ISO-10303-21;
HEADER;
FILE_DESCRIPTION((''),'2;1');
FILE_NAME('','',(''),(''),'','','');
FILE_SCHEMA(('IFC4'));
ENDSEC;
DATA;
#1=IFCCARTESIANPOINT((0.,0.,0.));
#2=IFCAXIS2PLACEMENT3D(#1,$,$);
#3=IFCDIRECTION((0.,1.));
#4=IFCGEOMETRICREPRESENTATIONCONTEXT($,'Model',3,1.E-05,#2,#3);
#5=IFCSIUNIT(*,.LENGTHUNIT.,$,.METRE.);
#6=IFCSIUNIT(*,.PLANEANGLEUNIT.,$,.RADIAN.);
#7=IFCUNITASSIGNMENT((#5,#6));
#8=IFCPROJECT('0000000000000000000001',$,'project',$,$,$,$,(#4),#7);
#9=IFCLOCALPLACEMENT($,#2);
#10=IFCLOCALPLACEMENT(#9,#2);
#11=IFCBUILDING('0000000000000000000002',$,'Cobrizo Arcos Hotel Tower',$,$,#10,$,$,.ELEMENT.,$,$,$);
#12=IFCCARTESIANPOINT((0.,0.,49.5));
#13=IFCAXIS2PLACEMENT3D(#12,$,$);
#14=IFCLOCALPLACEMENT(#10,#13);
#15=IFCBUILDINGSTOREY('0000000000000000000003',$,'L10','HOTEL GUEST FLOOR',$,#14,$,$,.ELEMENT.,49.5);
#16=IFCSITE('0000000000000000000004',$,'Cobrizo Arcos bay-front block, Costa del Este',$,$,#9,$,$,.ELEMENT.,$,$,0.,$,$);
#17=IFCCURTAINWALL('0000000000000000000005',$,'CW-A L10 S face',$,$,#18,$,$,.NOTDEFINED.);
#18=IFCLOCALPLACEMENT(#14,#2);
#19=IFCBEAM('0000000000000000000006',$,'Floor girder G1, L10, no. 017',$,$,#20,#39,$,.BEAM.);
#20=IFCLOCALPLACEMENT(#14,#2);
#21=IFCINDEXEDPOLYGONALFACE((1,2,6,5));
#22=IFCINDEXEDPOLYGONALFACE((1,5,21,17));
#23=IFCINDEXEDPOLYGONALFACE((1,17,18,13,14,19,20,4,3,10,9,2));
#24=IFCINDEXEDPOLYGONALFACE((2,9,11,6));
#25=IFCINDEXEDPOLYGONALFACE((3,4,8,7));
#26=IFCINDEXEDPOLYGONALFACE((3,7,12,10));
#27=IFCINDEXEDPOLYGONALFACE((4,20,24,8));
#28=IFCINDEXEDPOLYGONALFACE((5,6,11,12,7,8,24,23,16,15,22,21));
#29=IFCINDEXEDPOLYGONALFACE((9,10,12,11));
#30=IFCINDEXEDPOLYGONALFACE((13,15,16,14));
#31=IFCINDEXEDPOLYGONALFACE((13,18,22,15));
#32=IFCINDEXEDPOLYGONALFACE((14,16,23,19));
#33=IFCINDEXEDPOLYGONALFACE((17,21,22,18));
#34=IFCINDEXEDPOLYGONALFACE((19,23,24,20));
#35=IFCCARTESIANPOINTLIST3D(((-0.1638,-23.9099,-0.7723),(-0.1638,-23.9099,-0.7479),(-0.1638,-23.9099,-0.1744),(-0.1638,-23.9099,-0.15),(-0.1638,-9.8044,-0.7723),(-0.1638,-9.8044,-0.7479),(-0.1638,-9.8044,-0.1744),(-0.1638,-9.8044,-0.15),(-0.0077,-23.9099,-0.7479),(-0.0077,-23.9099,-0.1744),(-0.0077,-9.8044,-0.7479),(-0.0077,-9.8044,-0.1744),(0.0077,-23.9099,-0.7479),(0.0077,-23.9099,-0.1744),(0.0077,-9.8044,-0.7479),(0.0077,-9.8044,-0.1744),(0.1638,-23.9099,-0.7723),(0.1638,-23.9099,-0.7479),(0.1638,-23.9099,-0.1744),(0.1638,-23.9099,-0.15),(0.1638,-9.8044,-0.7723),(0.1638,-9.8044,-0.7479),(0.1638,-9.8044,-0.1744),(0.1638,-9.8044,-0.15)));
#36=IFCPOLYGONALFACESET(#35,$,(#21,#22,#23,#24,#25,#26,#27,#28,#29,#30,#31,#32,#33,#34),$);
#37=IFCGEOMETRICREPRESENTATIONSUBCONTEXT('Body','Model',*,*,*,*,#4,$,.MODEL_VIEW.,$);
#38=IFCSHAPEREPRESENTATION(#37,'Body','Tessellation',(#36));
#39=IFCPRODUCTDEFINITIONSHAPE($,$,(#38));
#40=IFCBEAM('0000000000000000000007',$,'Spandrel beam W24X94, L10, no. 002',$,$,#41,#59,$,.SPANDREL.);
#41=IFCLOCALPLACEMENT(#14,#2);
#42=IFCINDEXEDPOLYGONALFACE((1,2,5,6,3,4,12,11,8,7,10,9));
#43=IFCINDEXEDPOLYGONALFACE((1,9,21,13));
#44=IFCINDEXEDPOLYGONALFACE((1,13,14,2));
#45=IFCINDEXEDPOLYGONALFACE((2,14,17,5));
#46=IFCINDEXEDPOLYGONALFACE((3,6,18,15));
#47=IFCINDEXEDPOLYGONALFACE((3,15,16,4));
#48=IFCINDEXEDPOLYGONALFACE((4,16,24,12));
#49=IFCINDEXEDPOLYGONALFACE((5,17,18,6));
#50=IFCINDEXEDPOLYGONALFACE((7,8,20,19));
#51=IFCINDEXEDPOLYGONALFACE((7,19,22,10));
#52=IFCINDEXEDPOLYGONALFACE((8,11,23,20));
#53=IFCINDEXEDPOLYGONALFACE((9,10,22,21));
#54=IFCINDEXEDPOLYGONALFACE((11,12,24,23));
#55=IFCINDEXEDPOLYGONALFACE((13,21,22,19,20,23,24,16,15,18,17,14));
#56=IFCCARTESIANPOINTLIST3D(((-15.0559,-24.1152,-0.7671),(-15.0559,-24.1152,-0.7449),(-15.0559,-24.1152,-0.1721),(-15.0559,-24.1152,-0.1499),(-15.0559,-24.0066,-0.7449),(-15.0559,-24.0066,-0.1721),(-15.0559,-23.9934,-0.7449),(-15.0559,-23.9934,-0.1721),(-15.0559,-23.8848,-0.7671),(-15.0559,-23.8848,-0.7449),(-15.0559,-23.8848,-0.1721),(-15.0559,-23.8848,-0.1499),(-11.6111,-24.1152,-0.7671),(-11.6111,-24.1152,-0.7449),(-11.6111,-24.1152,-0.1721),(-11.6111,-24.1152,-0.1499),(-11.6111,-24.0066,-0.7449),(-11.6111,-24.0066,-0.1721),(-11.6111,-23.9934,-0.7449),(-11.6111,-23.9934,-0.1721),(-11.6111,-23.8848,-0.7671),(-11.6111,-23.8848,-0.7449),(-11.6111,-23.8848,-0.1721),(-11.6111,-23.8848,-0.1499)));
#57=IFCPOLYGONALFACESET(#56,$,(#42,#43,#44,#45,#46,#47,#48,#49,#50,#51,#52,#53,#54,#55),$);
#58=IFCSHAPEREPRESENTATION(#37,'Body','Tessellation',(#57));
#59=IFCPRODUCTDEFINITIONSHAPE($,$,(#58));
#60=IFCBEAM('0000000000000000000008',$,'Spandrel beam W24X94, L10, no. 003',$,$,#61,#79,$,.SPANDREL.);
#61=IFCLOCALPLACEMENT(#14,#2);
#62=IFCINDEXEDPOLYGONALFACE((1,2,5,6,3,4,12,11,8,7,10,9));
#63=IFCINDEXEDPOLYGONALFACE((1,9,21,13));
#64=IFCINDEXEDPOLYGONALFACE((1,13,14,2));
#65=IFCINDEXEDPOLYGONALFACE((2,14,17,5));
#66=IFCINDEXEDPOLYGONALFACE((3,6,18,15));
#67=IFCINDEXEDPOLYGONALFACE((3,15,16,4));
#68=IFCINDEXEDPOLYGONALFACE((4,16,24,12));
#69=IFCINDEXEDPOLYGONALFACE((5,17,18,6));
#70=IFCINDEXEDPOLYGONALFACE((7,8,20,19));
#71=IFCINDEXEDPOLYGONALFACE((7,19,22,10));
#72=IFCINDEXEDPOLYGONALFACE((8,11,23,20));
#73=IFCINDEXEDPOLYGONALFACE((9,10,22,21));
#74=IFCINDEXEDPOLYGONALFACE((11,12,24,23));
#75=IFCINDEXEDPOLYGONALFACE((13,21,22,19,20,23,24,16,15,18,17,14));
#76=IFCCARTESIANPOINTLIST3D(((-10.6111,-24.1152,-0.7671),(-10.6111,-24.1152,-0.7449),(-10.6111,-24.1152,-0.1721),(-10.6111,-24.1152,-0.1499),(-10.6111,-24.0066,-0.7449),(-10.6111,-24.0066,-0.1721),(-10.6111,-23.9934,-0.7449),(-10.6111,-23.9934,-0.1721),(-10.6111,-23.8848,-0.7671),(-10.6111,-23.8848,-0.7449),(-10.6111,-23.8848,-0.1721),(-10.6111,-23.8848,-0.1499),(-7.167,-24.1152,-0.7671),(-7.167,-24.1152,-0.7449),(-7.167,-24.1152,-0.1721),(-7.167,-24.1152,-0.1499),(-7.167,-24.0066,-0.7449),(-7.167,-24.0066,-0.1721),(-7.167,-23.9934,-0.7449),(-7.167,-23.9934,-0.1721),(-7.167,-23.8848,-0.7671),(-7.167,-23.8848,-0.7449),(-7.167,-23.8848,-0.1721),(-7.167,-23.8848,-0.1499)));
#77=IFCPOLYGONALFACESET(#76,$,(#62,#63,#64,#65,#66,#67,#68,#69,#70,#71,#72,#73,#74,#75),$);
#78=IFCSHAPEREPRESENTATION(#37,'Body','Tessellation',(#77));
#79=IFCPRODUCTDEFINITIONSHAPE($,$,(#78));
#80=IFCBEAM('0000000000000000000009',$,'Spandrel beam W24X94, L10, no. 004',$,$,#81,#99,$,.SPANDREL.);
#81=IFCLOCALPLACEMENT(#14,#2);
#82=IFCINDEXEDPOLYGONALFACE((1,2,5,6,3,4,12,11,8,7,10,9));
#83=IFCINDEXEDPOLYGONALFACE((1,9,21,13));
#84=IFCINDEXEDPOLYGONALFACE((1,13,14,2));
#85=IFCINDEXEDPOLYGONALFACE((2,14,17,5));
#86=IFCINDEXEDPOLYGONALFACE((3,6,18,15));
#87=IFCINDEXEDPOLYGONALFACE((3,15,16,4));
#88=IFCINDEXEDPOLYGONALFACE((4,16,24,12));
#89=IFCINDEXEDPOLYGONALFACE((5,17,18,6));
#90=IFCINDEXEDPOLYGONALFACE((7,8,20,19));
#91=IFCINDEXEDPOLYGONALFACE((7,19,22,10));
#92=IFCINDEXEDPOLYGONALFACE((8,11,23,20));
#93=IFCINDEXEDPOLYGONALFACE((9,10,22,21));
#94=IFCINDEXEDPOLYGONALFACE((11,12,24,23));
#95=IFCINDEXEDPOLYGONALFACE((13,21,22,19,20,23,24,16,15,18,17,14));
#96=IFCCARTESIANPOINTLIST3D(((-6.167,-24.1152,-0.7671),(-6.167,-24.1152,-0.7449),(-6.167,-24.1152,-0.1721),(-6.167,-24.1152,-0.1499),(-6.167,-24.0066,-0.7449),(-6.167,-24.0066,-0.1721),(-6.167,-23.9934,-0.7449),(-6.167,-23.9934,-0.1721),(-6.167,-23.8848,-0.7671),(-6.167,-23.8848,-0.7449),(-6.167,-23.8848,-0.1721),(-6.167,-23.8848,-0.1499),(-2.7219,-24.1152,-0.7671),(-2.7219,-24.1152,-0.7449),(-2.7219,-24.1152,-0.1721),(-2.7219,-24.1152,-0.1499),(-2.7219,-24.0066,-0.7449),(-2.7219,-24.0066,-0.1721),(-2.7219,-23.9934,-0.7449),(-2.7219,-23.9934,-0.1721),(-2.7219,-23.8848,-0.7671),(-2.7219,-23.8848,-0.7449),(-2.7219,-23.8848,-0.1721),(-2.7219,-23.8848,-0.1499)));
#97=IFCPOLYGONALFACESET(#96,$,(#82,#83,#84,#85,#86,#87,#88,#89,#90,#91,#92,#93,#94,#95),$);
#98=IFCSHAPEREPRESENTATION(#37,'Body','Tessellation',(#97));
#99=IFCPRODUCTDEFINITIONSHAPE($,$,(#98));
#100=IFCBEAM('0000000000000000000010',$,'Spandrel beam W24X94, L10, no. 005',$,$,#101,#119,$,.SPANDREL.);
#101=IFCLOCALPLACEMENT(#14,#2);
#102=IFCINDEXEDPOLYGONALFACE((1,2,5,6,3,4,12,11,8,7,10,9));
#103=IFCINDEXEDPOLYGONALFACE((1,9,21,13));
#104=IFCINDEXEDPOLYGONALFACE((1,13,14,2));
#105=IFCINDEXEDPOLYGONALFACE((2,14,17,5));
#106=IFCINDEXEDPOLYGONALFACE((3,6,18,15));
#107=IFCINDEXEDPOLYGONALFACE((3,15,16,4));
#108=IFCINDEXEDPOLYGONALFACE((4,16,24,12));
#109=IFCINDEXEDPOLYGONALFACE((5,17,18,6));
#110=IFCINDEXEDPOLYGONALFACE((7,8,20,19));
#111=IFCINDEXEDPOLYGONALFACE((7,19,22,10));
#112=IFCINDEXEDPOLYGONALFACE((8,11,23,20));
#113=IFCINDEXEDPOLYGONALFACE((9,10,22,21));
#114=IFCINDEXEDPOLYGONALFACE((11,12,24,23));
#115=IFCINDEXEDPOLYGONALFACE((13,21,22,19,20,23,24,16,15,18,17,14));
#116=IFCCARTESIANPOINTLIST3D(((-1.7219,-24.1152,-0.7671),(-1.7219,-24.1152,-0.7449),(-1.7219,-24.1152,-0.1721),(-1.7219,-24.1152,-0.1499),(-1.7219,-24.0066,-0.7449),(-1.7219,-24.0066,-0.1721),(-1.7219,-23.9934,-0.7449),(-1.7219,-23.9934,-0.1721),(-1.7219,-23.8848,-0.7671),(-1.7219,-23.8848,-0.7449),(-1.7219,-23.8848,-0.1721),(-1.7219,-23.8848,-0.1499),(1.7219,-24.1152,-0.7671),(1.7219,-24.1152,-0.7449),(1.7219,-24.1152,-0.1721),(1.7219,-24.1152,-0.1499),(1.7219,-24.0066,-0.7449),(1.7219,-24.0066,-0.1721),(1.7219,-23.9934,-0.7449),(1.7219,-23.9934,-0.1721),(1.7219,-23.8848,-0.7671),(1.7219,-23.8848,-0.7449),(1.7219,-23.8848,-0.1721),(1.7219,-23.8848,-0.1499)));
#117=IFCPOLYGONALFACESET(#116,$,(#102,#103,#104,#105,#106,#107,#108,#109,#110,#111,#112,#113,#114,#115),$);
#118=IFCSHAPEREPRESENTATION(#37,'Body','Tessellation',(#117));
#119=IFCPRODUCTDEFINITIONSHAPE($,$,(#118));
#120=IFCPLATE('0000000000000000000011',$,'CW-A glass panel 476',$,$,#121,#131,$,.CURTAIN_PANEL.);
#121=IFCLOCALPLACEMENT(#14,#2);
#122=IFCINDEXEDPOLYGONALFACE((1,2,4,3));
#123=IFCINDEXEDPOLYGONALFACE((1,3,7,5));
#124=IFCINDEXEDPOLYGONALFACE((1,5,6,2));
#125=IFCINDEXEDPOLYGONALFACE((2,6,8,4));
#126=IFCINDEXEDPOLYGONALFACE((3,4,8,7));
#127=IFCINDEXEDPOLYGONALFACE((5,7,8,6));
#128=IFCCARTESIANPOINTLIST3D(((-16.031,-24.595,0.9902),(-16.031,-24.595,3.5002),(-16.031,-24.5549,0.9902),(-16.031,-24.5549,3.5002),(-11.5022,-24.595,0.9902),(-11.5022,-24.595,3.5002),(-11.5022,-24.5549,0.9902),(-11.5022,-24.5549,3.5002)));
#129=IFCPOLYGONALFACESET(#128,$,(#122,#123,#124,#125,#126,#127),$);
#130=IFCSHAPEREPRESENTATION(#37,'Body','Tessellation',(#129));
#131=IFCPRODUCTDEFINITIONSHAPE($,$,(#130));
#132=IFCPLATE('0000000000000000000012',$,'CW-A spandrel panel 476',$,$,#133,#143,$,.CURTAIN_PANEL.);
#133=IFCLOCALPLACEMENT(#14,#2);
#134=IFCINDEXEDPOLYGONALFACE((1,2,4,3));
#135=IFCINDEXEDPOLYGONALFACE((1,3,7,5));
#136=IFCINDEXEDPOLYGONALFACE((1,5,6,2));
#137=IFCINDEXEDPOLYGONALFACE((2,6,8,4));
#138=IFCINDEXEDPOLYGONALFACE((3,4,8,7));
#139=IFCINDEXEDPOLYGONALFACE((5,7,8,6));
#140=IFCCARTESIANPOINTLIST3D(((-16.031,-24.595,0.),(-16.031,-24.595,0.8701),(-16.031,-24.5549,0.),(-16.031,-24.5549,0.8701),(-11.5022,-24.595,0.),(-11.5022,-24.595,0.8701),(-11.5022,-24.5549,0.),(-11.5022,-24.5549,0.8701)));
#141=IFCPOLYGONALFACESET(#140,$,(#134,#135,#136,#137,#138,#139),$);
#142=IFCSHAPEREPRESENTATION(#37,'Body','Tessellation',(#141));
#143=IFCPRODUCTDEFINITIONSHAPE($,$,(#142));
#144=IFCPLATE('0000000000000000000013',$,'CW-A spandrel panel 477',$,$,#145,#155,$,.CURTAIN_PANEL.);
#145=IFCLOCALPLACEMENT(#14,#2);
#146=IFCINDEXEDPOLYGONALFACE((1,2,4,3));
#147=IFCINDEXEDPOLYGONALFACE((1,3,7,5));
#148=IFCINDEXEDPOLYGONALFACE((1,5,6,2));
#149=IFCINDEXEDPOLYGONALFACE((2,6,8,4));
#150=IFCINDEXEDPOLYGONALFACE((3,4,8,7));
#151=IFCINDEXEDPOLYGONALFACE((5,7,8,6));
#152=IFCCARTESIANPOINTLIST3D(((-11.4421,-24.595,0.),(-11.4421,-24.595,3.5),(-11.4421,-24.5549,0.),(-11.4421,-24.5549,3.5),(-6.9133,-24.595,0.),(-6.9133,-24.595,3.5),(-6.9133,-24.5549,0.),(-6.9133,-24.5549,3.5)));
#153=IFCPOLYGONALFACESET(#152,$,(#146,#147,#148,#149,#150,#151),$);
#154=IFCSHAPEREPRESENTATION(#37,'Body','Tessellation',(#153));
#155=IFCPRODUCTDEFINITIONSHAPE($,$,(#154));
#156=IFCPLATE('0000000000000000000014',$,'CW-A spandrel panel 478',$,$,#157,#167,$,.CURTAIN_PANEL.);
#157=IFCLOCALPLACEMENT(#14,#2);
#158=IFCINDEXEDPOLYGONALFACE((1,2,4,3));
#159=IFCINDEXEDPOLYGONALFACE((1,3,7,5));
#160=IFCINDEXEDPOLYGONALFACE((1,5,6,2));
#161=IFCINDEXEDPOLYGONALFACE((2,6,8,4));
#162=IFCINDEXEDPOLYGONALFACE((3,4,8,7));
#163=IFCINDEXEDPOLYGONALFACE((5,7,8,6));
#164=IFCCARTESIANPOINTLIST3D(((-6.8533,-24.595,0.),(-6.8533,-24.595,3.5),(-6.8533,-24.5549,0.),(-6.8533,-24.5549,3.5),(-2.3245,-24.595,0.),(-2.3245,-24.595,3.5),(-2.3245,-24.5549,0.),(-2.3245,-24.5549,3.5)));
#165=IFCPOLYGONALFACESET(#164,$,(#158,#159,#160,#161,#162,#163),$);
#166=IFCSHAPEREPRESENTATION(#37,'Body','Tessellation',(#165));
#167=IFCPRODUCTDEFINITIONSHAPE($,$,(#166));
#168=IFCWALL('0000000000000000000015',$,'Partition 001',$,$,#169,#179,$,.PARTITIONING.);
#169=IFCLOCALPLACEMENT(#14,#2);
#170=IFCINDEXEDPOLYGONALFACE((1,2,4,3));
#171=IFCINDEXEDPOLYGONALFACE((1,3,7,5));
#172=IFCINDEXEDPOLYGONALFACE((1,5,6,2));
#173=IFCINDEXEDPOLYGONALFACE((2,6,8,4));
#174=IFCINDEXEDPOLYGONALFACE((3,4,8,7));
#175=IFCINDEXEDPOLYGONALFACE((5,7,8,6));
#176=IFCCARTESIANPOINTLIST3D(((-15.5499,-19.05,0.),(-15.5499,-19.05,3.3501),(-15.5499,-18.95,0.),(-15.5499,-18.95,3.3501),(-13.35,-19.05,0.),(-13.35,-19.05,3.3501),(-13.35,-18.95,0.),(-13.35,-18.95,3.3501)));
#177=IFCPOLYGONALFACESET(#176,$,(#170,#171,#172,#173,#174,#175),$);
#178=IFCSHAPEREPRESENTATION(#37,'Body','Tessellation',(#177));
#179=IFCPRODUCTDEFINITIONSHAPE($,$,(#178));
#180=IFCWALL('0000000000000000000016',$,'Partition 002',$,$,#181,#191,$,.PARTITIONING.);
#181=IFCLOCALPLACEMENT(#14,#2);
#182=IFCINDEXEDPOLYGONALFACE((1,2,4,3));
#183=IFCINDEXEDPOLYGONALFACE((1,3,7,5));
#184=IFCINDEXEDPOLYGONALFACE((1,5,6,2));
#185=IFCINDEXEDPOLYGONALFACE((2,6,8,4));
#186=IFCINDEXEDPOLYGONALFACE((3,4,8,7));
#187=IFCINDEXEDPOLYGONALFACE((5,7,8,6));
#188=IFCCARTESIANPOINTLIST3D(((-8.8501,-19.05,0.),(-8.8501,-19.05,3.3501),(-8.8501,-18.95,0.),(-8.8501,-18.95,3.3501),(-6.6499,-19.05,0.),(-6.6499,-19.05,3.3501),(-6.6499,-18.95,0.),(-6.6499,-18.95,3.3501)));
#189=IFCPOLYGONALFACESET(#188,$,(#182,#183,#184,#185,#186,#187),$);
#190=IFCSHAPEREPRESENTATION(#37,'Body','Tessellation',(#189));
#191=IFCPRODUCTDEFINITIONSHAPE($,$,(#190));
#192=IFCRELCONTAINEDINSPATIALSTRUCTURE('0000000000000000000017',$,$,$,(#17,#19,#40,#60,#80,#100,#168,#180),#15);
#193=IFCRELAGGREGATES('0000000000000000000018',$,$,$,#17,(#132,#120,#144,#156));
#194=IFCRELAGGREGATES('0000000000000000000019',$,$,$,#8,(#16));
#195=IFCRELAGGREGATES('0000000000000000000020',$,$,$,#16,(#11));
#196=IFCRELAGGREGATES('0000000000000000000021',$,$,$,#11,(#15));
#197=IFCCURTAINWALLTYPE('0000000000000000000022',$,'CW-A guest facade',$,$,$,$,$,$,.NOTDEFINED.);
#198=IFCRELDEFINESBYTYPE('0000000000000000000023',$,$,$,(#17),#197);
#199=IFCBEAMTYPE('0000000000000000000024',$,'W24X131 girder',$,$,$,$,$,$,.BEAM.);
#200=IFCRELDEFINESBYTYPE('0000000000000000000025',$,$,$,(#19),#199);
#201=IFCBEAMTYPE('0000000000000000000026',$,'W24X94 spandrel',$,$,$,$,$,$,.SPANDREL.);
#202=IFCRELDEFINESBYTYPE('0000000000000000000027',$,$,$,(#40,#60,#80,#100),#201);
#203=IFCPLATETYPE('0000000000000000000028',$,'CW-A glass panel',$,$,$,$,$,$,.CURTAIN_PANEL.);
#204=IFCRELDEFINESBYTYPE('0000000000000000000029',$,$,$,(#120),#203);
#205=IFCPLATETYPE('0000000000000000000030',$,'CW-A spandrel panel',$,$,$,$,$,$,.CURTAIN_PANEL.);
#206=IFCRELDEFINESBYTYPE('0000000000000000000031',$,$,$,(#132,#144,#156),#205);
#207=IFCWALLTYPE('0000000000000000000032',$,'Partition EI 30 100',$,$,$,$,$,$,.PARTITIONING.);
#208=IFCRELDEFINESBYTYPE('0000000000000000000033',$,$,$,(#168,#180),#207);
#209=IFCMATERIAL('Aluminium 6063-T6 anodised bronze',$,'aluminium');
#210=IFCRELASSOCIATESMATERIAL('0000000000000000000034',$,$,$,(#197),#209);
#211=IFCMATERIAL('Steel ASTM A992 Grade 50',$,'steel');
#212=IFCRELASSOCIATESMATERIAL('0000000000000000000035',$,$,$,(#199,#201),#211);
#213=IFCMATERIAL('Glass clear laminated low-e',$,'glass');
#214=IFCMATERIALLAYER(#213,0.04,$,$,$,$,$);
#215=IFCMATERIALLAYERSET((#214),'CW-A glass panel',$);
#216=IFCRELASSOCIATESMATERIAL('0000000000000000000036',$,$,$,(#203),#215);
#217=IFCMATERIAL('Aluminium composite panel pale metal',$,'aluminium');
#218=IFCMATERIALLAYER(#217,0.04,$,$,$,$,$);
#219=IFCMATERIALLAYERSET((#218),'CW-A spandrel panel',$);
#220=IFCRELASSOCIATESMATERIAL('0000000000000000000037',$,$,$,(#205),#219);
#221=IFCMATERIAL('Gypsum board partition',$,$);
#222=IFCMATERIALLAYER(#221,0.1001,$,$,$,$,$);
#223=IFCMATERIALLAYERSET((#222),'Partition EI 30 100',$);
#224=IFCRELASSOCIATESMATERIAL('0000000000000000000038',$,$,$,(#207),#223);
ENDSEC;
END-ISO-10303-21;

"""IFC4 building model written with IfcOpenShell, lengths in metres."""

from ifc_helpers import new_model, si_unit, direction, frame, frame_2d, origin, origin_2d, place, context, subcontext, project, spatial, rectangle, i_section, extrude, material, layer, layer_set, material_profile, profile_set, type_object, element, aggregate, save


model = new_model("IFC4")

# Units and contexts
model_context = context("Model", 3, precision=1e-05, world=origin(), true_north=direction((0.0, 1.0)))
body_context = subcontext(model_context, "Body", "Model", "MODEL_VIEW")
ifc_project = project(units=[si_unit("LENGTHUNIT", "METRE"), si_unit("PLANEANGLEUNIT", "RADIAN")], contexts=[model_context])

# Site, building, storey
site_placement = place(None, origin())
site = spatial("IfcSite", under=ifc_project, at=site_placement, Name="Cobrizo Arcos bay-front block, Costa del Este", CompositionType="ELEMENT", RefElevation=0.0)
building_placement = place(site_placement, origin())
building = spatial("IfcBuilding", under=site, at=building_placement, Name="Cobrizo Arcos Hotel Tower", CompositionType="ELEMENT")
storey_placement = place(building_placement, frame((0.0, 0.0, 49.5)))
storey = spatial("IfcBuildingStorey", under=building, at=storey_placement, Name="L10", Description="HOTEL GUEST FLOOR", CompositionType="ELEMENT", Elevation=49.5)

# Curtain wall
ifc_material_1 = material(Name="Aluminium 6063-T6 anodised bronze", Category="aluminium")
curtain_wall_type = type_object("IfcCurtainWallType", Name="CW-A guest facade", PredefinedType="NOTDEFINED", material=ifc_material_1)
curtain_wall_placement = place(storey_placement, origin())
curtain_wall = element("IfcCurtainWall", 1, at=curtain_wall_placement, inside=storey, type_object=curtain_wall_type, Name="CW-A L10 S face", PredefinedType="NOTDEFINED")

# Beams
ifc_material_2 = material(Name="Steel ASTM A992 Grade 50", Category="steel")
ifc_material_profile_1 = material_profile(ifc_material_2, i_section(OverallWidth=0.3276, OverallDepth=0.6223, WebThickness=0.0154, FlangeThickness=0.0244, at=origin_2d()), Name="W24X131")
ifc_profile_set_1 = profile_set([ifc_material_profile_1], Name="Steel ASTM A992 Grade 50")
beam_type_1 = type_object("IfcBeamType", Name="W24X131 girder", PredefinedType="BEAM", material=ifc_profile_set_1)
for number, where, z_axis, x_axis, name in (
    (2, (0.0, -23.9099, -0.4612), (0.0, 1.0, 0.0), (-1.0, 0.0, 0.0), "Floor girder G1, L10, no. 017"),
):
    element("IfcBeam", number, at=place(storey_placement, frame(where, z_axis=z_axis, x_axis=x_axis)), inside=storey, type_object=beam_type_1, Name=name, PredefinedType="BEAM", context=body_context, shape_type="SweptSolid", body=[
        extrude(i_section(OverallWidth=0.3276, OverallDepth=0.6223, WebThickness=0.0154, FlangeThickness=0.0244, at=origin_2d()), origin(), (0.0, 0.0, 1.0), 14.1055),
    ])
ifc_material_profile_2 = material_profile(ifc_material_2, i_section(OverallWidth=0.2305, OverallDepth=0.6172, WebThickness=0.0132, FlangeThickness=0.0222, at=origin_2d()), Name="W24X94")
ifc_profile_set_2 = profile_set([ifc_material_profile_2], Name="Steel ASTM A992 Grade 50")
beam_type_2 = type_object("IfcBeamType", Name="W24X94 spandrel", PredefinedType="SPANDREL", material=ifc_profile_set_2)
beam_1_placement = place(storey_placement, frame((-15.0559, -24.0, -0.4585), z_axis=(1.0, 0.0, 0.0), x_axis=(0.0, 1.0, 0.0)))
element("IfcBeam", 3, at=beam_1_placement, inside=storey, type_object=beam_type_2, Name="Spandrel beam W24X94, L10, no. 002", PredefinedType="SPANDREL", context=body_context, shape_type="SweptSolid", body=[
    extrude(i_section(OverallWidth=0.2305, OverallDepth=0.6172, WebThickness=0.0132, FlangeThickness=0.0222, at=origin_2d()), origin(), (0.0, 0.0, 1.0), 3.4448),
])
beam_2_placement = place(storey_placement, frame((-10.6111, -24.0, -0.4585), z_axis=(1.0, 0.0, 0.0), x_axis=(0.0, 1.0, 0.0)))
element("IfcBeam", 4, at=beam_2_placement, inside=storey, type_object=beam_type_2, Name="Spandrel beam W24X94, L10, no. 003", PredefinedType="SPANDREL", context=body_context, shape_type="SweptSolid", body=[
    extrude(i_section(OverallWidth=0.2305, OverallDepth=0.6172, WebThickness=0.0132, FlangeThickness=0.0222, at=origin_2d()), origin(), (0.0, 0.0, 1.0), 3.4441),
])
beam_3_placement = place(storey_placement, frame((-6.167, -24.0, -0.4585), z_axis=(1.0, 0.0, 0.0), x_axis=(0.0, 1.0, 0.0)))
element("IfcBeam", 5, at=beam_3_placement, inside=storey, type_object=beam_type_2, Name="Spandrel beam W24X94, L10, no. 004", PredefinedType="SPANDREL", context=body_context, shape_type="SweptSolid", body=[
    extrude(i_section(OverallWidth=0.2305, OverallDepth=0.6172, WebThickness=0.0132, FlangeThickness=0.0222, at=origin_2d()), origin(), (0.0, 0.0, 1.0), 3.4451),
])
beam_4_placement = place(storey_placement, frame((-1.7219, -24.0, -0.4585), z_axis=(1.0, 0.0, 0.0), x_axis=(0.0, 1.0, 0.0)))
element("IfcBeam", 6, at=beam_4_placement, inside=storey, type_object=beam_type_2, Name="Spandrel beam W24X94, L10, no. 005", PredefinedType="SPANDREL", context=body_context, shape_type="SweptSolid", body=[
    extrude(i_section(OverallWidth=0.2305, OverallDepth=0.6172, WebThickness=0.0132, FlangeThickness=0.0222, at=origin_2d()), origin(), (0.0, 0.0, 1.0), 3.4438),
])

# Plates
ifc_material_3 = material(Name="Glass clear laminated low-e", Category="glass")
ifc_layer_1 = layer(ifc_material_3, 0.04)
ifc_layer_set_1 = layer_set([ifc_layer_1], Name="CW-A glass panel")
plate_type_1 = type_object("IfcPlateType", Name="CW-A glass panel", PredefinedType="CURTAIN_PANEL", material=ifc_layer_set_1)
plate_1_placement = place(storey_placement, frame((-13.7666, -24.575, 0.9902), z_axis=(0.0, 0.0, 1.0), x_axis=(1.0, 0.0, 0.0)))
plate_1 = element("IfcPlate", 7, at=plate_1_placement, type_object=plate_type_1, Name="CW-A glass panel 476", PredefinedType="CURTAIN_PANEL", context=body_context, shape_type="SweptSolid", body=[
    extrude(rectangle(XDim=4.5288, YDim=0.04, at=origin_2d()), origin(), (0.0, 0.0, 1.0), 2.51),
])
ifc_material_4 = material(Name="Aluminium composite panel pale metal", Category="aluminium")
ifc_layer_2 = layer(ifc_material_4, 0.04)
ifc_layer_set_2 = layer_set([ifc_layer_2], Name="CW-A spandrel panel")
plate_type_2 = type_object("IfcPlateType", Name="CW-A spandrel panel", PredefinedType="CURTAIN_PANEL", material=ifc_layer_set_2)
plate_2_placement = place(storey_placement, frame((-13.7666, -24.575, 0.0), z_axis=(0.0, 0.0, 1.0), x_axis=(1.0, 0.0, 0.0)))
plate_2 = element("IfcPlate", 8, at=plate_2_placement, type_object=plate_type_2, Name="CW-A spandrel panel 476", PredefinedType="CURTAIN_PANEL", context=body_context, shape_type="SweptSolid", body=[
    extrude(rectangle(XDim=4.5288, YDim=0.04, at=origin_2d()), origin(), (0.0, 0.0, 1.0), 0.8701),
])
plate_3_placement = place(storey_placement, frame((-9.1777, -24.575, 0.0), z_axis=(0.0, 0.0, 1.0), x_axis=(1.0, 0.0, 0.0)))
plate_3 = element("IfcPlate", 9, at=plate_3_placement, type_object=plate_type_2, Name="CW-A spandrel panel 477", PredefinedType="CURTAIN_PANEL", context=body_context, shape_type="SweptSolid", body=[
    extrude(rectangle(XDim=4.5288, YDim=0.04, at=origin_2d()), origin(), (0.0, 0.0, 1.0), 3.5),
])
plate_4_placement = place(storey_placement, frame((-4.5889, -24.575, 0.0), z_axis=(0.0, 0.0, 1.0), x_axis=(1.0, 0.0, 0.0)))
plate_4 = element("IfcPlate", 10, at=plate_4_placement, type_object=plate_type_2, Name="CW-A spandrel panel 478", PredefinedType="CURTAIN_PANEL", context=body_context, shape_type="SweptSolid", body=[
    extrude(rectangle(XDim=4.5288, YDim=0.04, at=origin_2d()), origin(), (0.0, 0.0, 1.0), 3.5),
])
aggregate(curtain_wall, [plate_2, plate_1, plate_3, plate_4])

# Walls
ifc_material_5 = material(Name="Gypsum board partition")
ifc_layer_3 = layer(ifc_material_5, 0.1001)
ifc_layer_set_3 = layer_set([ifc_layer_3], Name="Partition EI 30 100")
wall_type = type_object("IfcWallType", Name="Partition EI 30 100", PredefinedType="PARTITIONING", material=ifc_layer_set_3)
wall_1_placement = place(storey_placement, frame((-15.55, -19.0, 0.0), z_axis=(0.0, 0.0, 1.0), x_axis=(1.0, 0.0, 0.0)))
element("IfcWall", 11, at=wall_1_placement, inside=storey, type_object=wall_type, Name="Partition 001", PredefinedType="PARTITIONING", context=body_context, shape_type="SweptSolid", body=[
    extrude(rectangle(XDim=2.2, YDim=0.1001, at=frame_2d((1.1001, 0.0))), origin(), (0.0, 0.0, 1.0), 3.3501),
])
wall_2_placement = place(storey_placement, frame((-8.8501, -19.0, 0.0), z_axis=(0.0, 0.0, 1.0), x_axis=(1.0, 0.0, 0.0)))
element("IfcWall", 12, at=wall_2_placement, inside=storey, type_object=wall_type, Name="Partition 002", PredefinedType="PARTITIONING", context=body_context, shape_type="SweptSolid", body=[
    extrude(rectangle(XDim=2.2002, YDim=0.1001, at=frame_2d((1.1001, 0.0))), origin(), (0.0, 0.0, 1.0), 3.3501),
])

save(model, "model.ifc")
